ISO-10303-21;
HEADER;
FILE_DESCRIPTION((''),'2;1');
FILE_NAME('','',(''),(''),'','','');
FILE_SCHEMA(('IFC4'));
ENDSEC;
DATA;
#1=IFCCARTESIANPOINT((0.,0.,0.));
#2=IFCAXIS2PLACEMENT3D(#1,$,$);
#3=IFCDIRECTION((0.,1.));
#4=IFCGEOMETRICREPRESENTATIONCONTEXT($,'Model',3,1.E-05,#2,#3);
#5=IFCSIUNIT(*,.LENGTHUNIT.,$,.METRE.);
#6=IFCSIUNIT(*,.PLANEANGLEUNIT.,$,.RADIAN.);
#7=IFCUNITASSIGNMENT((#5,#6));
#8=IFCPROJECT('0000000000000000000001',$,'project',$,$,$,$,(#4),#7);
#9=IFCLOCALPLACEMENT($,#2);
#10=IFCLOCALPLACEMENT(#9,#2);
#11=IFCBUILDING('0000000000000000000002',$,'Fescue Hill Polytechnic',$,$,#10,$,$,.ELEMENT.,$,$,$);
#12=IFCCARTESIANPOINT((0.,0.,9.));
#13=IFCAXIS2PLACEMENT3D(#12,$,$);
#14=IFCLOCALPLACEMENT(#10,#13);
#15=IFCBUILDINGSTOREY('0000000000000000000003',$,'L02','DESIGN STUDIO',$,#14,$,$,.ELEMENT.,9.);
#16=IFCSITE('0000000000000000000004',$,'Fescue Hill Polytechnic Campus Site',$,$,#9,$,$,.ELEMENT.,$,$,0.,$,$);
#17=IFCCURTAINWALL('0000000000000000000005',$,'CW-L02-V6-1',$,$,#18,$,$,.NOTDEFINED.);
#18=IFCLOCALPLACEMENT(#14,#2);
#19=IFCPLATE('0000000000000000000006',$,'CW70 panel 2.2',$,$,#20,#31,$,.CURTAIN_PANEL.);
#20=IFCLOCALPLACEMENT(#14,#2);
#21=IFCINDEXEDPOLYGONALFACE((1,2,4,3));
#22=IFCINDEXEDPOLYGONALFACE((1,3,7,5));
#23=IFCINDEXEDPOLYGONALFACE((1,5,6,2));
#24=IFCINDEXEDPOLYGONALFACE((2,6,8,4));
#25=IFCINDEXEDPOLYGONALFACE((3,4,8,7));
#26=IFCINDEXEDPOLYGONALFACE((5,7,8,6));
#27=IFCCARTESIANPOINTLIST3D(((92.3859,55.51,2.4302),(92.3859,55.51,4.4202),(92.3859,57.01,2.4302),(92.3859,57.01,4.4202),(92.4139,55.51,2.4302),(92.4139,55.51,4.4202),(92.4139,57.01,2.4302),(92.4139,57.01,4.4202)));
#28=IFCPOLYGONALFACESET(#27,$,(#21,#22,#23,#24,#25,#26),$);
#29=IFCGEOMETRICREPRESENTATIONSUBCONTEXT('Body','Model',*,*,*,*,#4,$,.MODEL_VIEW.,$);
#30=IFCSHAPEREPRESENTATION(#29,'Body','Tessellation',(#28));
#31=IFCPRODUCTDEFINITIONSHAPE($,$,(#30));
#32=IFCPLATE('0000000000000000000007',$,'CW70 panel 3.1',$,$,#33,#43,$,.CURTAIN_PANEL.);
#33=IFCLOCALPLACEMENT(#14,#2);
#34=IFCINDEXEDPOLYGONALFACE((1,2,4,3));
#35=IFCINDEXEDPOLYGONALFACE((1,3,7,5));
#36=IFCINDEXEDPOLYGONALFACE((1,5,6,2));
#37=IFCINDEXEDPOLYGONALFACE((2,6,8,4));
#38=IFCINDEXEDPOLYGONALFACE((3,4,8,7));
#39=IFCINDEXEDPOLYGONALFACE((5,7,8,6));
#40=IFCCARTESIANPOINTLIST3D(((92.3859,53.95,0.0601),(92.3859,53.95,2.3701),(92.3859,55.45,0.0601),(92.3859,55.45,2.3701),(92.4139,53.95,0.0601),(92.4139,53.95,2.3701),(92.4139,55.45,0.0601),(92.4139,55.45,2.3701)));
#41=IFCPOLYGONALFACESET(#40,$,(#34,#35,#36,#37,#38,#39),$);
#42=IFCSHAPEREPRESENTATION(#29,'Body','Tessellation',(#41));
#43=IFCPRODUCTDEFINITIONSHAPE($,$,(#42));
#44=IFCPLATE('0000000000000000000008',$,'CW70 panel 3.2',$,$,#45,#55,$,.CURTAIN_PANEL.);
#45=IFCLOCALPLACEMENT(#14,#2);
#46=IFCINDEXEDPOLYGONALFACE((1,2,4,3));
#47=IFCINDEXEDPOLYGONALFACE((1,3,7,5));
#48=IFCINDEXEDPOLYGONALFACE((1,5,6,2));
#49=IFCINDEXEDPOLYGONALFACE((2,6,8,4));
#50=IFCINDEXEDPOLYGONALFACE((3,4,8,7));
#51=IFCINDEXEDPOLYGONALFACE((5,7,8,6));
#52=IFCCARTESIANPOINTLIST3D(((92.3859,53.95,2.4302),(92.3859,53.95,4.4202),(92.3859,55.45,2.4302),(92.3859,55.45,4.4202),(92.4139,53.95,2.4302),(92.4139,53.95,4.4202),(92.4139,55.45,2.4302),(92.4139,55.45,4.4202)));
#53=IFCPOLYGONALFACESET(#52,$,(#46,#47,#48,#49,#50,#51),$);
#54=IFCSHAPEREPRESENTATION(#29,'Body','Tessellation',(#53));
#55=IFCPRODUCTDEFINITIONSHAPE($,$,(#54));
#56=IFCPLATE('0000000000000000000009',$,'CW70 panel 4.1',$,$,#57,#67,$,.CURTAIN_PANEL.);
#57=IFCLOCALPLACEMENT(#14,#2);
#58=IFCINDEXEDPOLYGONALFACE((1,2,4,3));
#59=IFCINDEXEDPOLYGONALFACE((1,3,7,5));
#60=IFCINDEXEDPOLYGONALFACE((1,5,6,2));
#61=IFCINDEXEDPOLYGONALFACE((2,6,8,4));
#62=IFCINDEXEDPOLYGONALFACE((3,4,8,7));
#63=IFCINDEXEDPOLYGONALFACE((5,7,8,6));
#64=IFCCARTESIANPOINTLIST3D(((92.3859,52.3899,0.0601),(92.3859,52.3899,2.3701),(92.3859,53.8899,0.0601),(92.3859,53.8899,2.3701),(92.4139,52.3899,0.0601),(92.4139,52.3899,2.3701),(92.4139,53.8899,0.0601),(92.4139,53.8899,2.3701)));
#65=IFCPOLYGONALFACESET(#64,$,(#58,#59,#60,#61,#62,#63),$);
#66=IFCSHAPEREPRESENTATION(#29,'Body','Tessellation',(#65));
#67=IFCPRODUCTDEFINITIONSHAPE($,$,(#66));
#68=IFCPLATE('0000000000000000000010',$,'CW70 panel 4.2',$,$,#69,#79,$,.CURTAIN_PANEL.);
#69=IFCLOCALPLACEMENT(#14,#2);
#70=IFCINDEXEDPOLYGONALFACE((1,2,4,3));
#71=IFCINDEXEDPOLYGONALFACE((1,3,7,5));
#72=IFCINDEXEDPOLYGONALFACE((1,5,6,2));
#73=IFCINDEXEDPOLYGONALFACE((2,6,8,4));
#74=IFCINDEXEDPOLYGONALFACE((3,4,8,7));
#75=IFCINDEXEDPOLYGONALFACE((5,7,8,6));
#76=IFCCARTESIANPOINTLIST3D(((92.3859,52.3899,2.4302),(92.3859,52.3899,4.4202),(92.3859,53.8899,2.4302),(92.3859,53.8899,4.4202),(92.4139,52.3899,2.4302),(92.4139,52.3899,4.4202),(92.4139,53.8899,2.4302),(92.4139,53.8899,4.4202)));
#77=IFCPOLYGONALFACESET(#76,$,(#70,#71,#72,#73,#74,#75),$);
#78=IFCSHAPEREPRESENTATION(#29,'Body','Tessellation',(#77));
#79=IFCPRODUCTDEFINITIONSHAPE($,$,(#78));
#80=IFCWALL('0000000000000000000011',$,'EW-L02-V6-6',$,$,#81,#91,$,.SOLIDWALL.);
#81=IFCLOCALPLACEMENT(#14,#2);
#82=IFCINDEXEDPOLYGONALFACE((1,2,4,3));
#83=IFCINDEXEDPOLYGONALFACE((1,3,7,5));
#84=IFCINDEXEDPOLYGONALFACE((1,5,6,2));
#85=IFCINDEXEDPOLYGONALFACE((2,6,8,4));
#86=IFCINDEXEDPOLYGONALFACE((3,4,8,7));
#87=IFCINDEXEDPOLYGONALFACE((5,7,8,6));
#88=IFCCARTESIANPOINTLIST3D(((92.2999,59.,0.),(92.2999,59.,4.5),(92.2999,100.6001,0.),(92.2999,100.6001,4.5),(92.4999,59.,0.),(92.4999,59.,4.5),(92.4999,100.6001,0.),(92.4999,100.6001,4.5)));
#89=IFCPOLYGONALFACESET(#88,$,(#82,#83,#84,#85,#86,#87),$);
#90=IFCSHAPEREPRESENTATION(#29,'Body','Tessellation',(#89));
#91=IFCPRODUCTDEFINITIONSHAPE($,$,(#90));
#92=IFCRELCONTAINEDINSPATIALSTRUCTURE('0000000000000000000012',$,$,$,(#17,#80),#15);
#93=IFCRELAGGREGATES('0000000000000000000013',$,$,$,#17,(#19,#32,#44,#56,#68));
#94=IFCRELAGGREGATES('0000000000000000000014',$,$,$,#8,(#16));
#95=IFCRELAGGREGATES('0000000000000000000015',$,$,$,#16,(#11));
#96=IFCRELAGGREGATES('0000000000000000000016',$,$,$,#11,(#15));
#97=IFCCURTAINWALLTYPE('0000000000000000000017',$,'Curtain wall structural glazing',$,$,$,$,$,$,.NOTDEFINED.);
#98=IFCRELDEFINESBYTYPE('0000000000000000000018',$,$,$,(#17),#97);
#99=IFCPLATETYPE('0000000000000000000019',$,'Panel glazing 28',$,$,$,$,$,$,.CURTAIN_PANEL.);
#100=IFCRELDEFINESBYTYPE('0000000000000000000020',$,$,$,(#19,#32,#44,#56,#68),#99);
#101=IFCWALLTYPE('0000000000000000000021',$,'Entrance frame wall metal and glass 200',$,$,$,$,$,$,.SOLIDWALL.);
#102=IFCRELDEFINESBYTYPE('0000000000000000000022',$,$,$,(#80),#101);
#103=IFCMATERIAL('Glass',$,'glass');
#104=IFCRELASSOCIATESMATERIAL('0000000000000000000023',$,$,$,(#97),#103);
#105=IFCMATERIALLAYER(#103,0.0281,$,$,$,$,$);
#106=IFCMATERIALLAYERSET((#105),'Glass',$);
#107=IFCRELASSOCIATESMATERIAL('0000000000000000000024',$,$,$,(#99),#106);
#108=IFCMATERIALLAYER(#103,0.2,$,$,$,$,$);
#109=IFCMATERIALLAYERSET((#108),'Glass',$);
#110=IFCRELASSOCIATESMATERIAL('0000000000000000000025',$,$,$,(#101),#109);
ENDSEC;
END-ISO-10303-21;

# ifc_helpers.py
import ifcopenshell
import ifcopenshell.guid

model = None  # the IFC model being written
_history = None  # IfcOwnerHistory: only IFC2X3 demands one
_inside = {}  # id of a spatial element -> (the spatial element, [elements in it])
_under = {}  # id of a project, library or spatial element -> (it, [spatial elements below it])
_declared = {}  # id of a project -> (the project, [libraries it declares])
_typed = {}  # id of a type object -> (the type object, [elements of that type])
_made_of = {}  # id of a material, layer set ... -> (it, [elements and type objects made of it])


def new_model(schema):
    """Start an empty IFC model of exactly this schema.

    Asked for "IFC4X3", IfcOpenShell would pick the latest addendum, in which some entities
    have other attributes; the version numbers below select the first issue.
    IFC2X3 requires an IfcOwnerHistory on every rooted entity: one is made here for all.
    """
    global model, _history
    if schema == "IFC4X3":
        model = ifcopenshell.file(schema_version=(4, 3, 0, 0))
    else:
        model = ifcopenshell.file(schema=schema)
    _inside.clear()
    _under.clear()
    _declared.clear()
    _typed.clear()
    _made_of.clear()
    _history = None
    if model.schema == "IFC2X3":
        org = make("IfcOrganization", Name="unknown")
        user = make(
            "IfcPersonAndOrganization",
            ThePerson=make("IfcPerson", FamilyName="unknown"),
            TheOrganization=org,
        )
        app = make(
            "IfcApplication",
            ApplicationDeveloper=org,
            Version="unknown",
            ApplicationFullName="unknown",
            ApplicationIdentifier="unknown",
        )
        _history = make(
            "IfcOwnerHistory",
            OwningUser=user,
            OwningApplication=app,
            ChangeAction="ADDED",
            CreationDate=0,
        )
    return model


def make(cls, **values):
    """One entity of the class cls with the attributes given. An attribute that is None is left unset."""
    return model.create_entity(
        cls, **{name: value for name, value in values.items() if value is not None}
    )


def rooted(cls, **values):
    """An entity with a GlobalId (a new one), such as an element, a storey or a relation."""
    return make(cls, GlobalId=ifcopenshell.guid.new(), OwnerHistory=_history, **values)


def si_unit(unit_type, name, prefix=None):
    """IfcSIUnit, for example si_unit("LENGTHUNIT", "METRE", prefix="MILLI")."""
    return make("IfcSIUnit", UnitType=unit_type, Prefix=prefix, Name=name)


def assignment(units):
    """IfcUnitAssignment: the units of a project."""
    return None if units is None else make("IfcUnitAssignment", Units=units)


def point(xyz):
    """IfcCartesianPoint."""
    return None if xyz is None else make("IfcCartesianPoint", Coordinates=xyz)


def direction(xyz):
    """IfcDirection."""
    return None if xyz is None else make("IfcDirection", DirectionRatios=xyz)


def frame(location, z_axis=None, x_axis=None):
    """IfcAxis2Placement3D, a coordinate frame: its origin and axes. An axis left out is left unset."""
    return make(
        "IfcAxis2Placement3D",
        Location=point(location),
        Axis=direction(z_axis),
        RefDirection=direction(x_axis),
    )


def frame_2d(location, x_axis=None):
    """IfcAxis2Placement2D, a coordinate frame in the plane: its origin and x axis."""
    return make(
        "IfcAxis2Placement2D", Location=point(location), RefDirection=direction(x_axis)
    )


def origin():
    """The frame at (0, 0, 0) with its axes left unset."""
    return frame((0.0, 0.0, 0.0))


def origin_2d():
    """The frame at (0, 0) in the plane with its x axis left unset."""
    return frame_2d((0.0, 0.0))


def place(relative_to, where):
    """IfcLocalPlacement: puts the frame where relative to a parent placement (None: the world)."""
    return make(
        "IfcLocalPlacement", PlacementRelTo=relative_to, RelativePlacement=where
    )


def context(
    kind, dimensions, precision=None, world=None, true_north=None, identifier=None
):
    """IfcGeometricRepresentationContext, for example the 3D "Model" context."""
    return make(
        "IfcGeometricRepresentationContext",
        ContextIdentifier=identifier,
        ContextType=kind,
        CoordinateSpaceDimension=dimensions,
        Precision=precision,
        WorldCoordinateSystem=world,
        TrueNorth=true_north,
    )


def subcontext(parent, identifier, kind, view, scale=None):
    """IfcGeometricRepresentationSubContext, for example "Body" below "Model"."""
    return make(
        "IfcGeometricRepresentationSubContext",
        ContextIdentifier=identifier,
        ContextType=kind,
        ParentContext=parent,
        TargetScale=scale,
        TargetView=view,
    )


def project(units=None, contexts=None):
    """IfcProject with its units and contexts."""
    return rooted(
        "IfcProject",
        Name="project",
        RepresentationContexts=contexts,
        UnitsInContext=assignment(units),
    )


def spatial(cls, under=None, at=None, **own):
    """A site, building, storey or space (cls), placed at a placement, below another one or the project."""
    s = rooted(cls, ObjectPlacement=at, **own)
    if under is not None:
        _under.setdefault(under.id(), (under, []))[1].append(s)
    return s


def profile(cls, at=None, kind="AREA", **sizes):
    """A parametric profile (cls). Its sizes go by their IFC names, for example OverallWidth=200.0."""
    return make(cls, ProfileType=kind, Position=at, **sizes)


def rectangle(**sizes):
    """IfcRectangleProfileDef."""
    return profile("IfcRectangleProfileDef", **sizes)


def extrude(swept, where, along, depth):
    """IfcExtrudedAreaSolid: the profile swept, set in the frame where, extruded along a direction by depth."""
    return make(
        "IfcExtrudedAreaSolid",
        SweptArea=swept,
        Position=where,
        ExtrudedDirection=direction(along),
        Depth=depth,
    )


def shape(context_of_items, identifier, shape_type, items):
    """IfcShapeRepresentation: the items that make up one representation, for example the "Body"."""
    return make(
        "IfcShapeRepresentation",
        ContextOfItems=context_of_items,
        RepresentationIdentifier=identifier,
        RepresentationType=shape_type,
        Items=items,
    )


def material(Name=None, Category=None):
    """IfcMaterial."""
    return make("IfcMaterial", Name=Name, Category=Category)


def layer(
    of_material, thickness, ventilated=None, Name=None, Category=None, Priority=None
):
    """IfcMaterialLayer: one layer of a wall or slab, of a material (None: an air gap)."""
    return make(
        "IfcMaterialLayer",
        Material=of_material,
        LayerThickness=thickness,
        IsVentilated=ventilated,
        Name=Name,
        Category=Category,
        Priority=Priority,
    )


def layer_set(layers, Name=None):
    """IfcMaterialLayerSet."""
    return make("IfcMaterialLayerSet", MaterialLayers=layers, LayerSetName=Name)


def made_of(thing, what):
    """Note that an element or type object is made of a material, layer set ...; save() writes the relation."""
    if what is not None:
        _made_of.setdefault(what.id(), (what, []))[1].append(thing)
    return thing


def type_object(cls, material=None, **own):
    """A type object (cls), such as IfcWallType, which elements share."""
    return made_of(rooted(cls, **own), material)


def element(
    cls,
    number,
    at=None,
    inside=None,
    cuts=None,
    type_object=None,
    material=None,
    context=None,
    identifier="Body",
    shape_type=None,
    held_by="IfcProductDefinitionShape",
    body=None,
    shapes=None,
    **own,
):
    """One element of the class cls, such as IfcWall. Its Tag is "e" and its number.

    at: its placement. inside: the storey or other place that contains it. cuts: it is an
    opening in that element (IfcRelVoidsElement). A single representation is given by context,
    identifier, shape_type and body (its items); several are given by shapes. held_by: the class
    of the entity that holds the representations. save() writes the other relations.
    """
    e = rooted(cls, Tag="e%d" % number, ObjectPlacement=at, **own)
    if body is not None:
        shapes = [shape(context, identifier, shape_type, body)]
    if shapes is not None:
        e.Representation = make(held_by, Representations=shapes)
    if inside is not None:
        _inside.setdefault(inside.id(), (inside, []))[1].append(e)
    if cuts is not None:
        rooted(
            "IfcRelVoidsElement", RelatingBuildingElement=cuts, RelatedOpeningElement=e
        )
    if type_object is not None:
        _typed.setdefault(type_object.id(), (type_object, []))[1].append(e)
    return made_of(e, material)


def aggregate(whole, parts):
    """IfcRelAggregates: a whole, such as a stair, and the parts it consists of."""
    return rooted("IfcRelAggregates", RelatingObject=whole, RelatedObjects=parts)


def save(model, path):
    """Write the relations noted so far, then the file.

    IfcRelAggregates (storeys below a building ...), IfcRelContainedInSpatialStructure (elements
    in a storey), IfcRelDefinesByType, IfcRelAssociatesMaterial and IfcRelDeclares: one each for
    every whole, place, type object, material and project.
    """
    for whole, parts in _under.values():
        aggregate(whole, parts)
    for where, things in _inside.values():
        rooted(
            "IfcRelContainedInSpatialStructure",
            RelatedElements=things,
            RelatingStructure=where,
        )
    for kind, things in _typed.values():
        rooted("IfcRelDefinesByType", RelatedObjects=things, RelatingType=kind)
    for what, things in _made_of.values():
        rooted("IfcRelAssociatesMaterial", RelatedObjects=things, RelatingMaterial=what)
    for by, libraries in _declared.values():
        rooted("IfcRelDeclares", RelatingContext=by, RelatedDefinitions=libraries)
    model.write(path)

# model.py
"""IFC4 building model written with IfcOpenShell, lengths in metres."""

from ifc_helpers import new_model, si_unit, direction, frame, frame_2d, origin, origin_2d, place, context, subcontext, project, spatial, rectangle, extrude, material, layer, layer_set, type_object, element, aggregate, save


model = new_model("IFC4")

# Units and contexts
model_context = context("Model", 3, precision=1e-05, world=origin(), true_north=direction((0.0, 1.0)))
body_context = subcontext(model_context, "Body", "Model", "MODEL_VIEW")
ifc_project = project(units=[si_unit("LENGTHUNIT", "METRE"), si_unit("PLANEANGLEUNIT", "RADIAN")], contexts=[model_context])

# Site, building, storey
site_placement = place(None, origin())
site = spatial("IfcSite", under=ifc_project, at=site_placement, Name="Fescue Hill Polytechnic Campus Site", CompositionType="ELEMENT", RefElevation=0.0)
building_placement = place(site_placement, origin())
building = spatial("IfcBuilding", under=site, at=building_placement, Name="Fescue Hill Polytechnic", CompositionType="ELEMENT")
storey_placement = place(building_placement, frame((0.0, 0.0, 9.0)))
storey = spatial("IfcBuildingStorey", under=building, at=storey_placement, Name="L02", Description="DESIGN STUDIO", CompositionType="ELEMENT", Elevation=9.0)

# Curtain wall, plates
ifc_material_1 = material(Name="Glass", Category="glass")
curtain_wall_type = type_object("IfcCurtainWallType", Name="Curtain wall structural glazing", PredefinedType="NOTDEFINED", material=ifc_material_1)
curtain_wall_placement = place(storey_placement, origin())
curtain_wall = element("IfcCurtainWall", 1, at=curtain_wall_placement, inside=storey, type_object=curtain_wall_type, Name="CW-L02-V6-1", PredefinedType="NOTDEFINED")
ifc_layer_1 = layer(ifc_material_1, 0.0281)
ifc_layer_set_1 = layer_set([ifc_layer_1], Name="Glass")
plate_type = type_object("IfcPlateType", Name="Panel glazing 28", PredefinedType="CURTAIN_PANEL", material=ifc_layer_set_1)
plate_1_placement = place(storey_placement, frame((92.3999, 56.26, 2.4302), z_axis=(0.0, 0.0, 1.0), x_axis=(0.0, -1.0, 0.0)))
plate_1 = element("IfcPlate", 2, at=plate_1_placement, type_object=plate_type, Name="CW70 panel 2.2", PredefinedType="CURTAIN_PANEL", context=body_context, shape_type="SweptSolid", body=[
    extrude(rectangle(XDim=1.5, YDim=0.0281, at=origin_2d()), origin(), (0.0, 0.0, 1.0), 1.99),
])
plate_2_placement = place(storey_placement, frame((92.3999, 54.7, 0.0601), z_axis=(0.0, 0.0, 1.0), x_axis=(0.0, -1.0, 0.0)))
plate_2 = element("IfcPlate", 3, at=plate_2_placement, type_object=plate_type, Name="CW70 panel 3.1", PredefinedType="CURTAIN_PANEL", context=body_context, shape_type="SweptSolid", body=[
    extrude(rectangle(XDim=1.5, YDim=0.0281, at=origin_2d()), origin(), (0.0, 0.0, 1.0), 2.3101),
])
plate_3_placement = place(storey_placement, frame((92.3999, 54.7, 2.4302), z_axis=(0.0, 0.0, 1.0), x_axis=(0.0, -1.0, 0.0)))
plate_3 = element("IfcPlate", 4, at=plate_3_placement, type_object=plate_type, Name="CW70 panel 3.2", PredefinedType="CURTAIN_PANEL", context=body_context, shape_type="SweptSolid", body=[
    extrude(rectangle(XDim=1.5, YDim=0.0281, at=origin_2d()), origin(), (0.0, 0.0, 1.0), 1.99),
])
plate_4_placement = place(storey_placement, frame((92.3999, 53.1399, 0.0601), z_axis=(0.0, 0.0, 1.0), x_axis=(0.0, -1.0, 0.0)))
plate_4 = element("IfcPlate", 5, at=plate_4_placement, type_object=plate_type, Name="CW70 panel 4.1", PredefinedType="CURTAIN_PANEL", context=body_context, shape_type="SweptSolid", body=[
    extrude(rectangle(XDim=1.5, YDim=0.0281, at=origin_2d()), origin(), (0.0, 0.0, 1.0), 2.3101),
])
plate_5_placement = place(storey_placement, frame((92.3999, 53.1399, 2.4302), z_axis=(0.0, 0.0, 1.0), x_axis=(0.0, -1.0, 0.0)))
plate_5 = element("IfcPlate", 6, at=plate_5_placement, type_object=plate_type, Name="CW70 panel 4.2", PredefinedType="CURTAIN_PANEL", context=body_context, shape_type="SweptSolid", body=[
    extrude(rectangle(XDim=1.5, YDim=0.0281, at=origin_2d()), origin(), (0.0, 0.0, 1.0), 1.99),
])
aggregate(curtain_wall, [plate_1, plate_2, plate_3, plate_4, plate_5])

# Wall
ifc_layer_2 = layer(ifc_material_1, 0.2)
ifc_layer_set_2 = layer_set([ifc_layer_2], Name="Glass")
wall_type = type_object("IfcWallType", Name="Entrance frame wall metal and glass 200", PredefinedType="SOLIDWALL", material=ifc_layer_set_2)
wall_placement = place(storey_placement, frame((92.3999, 100.6001, 0.0), z_axis=(0.0, 0.0, 1.0), x_axis=(0.0, -1.0, 0.0)))
element("IfcWall", 7, at=wall_placement, inside=storey, type_object=wall_type, Name="EW-L02-V6-6", PredefinedType="SOLIDWALL", context=body_context, shape_type="SweptSolid", body=[
    extrude(rectangle(XDim=41.6001, YDim=0.2, at=frame_2d((20.8, 0.0))), origin(), (0.0, 0.0, 1.0), 4.5),
])

save(model, "model.ifc")
